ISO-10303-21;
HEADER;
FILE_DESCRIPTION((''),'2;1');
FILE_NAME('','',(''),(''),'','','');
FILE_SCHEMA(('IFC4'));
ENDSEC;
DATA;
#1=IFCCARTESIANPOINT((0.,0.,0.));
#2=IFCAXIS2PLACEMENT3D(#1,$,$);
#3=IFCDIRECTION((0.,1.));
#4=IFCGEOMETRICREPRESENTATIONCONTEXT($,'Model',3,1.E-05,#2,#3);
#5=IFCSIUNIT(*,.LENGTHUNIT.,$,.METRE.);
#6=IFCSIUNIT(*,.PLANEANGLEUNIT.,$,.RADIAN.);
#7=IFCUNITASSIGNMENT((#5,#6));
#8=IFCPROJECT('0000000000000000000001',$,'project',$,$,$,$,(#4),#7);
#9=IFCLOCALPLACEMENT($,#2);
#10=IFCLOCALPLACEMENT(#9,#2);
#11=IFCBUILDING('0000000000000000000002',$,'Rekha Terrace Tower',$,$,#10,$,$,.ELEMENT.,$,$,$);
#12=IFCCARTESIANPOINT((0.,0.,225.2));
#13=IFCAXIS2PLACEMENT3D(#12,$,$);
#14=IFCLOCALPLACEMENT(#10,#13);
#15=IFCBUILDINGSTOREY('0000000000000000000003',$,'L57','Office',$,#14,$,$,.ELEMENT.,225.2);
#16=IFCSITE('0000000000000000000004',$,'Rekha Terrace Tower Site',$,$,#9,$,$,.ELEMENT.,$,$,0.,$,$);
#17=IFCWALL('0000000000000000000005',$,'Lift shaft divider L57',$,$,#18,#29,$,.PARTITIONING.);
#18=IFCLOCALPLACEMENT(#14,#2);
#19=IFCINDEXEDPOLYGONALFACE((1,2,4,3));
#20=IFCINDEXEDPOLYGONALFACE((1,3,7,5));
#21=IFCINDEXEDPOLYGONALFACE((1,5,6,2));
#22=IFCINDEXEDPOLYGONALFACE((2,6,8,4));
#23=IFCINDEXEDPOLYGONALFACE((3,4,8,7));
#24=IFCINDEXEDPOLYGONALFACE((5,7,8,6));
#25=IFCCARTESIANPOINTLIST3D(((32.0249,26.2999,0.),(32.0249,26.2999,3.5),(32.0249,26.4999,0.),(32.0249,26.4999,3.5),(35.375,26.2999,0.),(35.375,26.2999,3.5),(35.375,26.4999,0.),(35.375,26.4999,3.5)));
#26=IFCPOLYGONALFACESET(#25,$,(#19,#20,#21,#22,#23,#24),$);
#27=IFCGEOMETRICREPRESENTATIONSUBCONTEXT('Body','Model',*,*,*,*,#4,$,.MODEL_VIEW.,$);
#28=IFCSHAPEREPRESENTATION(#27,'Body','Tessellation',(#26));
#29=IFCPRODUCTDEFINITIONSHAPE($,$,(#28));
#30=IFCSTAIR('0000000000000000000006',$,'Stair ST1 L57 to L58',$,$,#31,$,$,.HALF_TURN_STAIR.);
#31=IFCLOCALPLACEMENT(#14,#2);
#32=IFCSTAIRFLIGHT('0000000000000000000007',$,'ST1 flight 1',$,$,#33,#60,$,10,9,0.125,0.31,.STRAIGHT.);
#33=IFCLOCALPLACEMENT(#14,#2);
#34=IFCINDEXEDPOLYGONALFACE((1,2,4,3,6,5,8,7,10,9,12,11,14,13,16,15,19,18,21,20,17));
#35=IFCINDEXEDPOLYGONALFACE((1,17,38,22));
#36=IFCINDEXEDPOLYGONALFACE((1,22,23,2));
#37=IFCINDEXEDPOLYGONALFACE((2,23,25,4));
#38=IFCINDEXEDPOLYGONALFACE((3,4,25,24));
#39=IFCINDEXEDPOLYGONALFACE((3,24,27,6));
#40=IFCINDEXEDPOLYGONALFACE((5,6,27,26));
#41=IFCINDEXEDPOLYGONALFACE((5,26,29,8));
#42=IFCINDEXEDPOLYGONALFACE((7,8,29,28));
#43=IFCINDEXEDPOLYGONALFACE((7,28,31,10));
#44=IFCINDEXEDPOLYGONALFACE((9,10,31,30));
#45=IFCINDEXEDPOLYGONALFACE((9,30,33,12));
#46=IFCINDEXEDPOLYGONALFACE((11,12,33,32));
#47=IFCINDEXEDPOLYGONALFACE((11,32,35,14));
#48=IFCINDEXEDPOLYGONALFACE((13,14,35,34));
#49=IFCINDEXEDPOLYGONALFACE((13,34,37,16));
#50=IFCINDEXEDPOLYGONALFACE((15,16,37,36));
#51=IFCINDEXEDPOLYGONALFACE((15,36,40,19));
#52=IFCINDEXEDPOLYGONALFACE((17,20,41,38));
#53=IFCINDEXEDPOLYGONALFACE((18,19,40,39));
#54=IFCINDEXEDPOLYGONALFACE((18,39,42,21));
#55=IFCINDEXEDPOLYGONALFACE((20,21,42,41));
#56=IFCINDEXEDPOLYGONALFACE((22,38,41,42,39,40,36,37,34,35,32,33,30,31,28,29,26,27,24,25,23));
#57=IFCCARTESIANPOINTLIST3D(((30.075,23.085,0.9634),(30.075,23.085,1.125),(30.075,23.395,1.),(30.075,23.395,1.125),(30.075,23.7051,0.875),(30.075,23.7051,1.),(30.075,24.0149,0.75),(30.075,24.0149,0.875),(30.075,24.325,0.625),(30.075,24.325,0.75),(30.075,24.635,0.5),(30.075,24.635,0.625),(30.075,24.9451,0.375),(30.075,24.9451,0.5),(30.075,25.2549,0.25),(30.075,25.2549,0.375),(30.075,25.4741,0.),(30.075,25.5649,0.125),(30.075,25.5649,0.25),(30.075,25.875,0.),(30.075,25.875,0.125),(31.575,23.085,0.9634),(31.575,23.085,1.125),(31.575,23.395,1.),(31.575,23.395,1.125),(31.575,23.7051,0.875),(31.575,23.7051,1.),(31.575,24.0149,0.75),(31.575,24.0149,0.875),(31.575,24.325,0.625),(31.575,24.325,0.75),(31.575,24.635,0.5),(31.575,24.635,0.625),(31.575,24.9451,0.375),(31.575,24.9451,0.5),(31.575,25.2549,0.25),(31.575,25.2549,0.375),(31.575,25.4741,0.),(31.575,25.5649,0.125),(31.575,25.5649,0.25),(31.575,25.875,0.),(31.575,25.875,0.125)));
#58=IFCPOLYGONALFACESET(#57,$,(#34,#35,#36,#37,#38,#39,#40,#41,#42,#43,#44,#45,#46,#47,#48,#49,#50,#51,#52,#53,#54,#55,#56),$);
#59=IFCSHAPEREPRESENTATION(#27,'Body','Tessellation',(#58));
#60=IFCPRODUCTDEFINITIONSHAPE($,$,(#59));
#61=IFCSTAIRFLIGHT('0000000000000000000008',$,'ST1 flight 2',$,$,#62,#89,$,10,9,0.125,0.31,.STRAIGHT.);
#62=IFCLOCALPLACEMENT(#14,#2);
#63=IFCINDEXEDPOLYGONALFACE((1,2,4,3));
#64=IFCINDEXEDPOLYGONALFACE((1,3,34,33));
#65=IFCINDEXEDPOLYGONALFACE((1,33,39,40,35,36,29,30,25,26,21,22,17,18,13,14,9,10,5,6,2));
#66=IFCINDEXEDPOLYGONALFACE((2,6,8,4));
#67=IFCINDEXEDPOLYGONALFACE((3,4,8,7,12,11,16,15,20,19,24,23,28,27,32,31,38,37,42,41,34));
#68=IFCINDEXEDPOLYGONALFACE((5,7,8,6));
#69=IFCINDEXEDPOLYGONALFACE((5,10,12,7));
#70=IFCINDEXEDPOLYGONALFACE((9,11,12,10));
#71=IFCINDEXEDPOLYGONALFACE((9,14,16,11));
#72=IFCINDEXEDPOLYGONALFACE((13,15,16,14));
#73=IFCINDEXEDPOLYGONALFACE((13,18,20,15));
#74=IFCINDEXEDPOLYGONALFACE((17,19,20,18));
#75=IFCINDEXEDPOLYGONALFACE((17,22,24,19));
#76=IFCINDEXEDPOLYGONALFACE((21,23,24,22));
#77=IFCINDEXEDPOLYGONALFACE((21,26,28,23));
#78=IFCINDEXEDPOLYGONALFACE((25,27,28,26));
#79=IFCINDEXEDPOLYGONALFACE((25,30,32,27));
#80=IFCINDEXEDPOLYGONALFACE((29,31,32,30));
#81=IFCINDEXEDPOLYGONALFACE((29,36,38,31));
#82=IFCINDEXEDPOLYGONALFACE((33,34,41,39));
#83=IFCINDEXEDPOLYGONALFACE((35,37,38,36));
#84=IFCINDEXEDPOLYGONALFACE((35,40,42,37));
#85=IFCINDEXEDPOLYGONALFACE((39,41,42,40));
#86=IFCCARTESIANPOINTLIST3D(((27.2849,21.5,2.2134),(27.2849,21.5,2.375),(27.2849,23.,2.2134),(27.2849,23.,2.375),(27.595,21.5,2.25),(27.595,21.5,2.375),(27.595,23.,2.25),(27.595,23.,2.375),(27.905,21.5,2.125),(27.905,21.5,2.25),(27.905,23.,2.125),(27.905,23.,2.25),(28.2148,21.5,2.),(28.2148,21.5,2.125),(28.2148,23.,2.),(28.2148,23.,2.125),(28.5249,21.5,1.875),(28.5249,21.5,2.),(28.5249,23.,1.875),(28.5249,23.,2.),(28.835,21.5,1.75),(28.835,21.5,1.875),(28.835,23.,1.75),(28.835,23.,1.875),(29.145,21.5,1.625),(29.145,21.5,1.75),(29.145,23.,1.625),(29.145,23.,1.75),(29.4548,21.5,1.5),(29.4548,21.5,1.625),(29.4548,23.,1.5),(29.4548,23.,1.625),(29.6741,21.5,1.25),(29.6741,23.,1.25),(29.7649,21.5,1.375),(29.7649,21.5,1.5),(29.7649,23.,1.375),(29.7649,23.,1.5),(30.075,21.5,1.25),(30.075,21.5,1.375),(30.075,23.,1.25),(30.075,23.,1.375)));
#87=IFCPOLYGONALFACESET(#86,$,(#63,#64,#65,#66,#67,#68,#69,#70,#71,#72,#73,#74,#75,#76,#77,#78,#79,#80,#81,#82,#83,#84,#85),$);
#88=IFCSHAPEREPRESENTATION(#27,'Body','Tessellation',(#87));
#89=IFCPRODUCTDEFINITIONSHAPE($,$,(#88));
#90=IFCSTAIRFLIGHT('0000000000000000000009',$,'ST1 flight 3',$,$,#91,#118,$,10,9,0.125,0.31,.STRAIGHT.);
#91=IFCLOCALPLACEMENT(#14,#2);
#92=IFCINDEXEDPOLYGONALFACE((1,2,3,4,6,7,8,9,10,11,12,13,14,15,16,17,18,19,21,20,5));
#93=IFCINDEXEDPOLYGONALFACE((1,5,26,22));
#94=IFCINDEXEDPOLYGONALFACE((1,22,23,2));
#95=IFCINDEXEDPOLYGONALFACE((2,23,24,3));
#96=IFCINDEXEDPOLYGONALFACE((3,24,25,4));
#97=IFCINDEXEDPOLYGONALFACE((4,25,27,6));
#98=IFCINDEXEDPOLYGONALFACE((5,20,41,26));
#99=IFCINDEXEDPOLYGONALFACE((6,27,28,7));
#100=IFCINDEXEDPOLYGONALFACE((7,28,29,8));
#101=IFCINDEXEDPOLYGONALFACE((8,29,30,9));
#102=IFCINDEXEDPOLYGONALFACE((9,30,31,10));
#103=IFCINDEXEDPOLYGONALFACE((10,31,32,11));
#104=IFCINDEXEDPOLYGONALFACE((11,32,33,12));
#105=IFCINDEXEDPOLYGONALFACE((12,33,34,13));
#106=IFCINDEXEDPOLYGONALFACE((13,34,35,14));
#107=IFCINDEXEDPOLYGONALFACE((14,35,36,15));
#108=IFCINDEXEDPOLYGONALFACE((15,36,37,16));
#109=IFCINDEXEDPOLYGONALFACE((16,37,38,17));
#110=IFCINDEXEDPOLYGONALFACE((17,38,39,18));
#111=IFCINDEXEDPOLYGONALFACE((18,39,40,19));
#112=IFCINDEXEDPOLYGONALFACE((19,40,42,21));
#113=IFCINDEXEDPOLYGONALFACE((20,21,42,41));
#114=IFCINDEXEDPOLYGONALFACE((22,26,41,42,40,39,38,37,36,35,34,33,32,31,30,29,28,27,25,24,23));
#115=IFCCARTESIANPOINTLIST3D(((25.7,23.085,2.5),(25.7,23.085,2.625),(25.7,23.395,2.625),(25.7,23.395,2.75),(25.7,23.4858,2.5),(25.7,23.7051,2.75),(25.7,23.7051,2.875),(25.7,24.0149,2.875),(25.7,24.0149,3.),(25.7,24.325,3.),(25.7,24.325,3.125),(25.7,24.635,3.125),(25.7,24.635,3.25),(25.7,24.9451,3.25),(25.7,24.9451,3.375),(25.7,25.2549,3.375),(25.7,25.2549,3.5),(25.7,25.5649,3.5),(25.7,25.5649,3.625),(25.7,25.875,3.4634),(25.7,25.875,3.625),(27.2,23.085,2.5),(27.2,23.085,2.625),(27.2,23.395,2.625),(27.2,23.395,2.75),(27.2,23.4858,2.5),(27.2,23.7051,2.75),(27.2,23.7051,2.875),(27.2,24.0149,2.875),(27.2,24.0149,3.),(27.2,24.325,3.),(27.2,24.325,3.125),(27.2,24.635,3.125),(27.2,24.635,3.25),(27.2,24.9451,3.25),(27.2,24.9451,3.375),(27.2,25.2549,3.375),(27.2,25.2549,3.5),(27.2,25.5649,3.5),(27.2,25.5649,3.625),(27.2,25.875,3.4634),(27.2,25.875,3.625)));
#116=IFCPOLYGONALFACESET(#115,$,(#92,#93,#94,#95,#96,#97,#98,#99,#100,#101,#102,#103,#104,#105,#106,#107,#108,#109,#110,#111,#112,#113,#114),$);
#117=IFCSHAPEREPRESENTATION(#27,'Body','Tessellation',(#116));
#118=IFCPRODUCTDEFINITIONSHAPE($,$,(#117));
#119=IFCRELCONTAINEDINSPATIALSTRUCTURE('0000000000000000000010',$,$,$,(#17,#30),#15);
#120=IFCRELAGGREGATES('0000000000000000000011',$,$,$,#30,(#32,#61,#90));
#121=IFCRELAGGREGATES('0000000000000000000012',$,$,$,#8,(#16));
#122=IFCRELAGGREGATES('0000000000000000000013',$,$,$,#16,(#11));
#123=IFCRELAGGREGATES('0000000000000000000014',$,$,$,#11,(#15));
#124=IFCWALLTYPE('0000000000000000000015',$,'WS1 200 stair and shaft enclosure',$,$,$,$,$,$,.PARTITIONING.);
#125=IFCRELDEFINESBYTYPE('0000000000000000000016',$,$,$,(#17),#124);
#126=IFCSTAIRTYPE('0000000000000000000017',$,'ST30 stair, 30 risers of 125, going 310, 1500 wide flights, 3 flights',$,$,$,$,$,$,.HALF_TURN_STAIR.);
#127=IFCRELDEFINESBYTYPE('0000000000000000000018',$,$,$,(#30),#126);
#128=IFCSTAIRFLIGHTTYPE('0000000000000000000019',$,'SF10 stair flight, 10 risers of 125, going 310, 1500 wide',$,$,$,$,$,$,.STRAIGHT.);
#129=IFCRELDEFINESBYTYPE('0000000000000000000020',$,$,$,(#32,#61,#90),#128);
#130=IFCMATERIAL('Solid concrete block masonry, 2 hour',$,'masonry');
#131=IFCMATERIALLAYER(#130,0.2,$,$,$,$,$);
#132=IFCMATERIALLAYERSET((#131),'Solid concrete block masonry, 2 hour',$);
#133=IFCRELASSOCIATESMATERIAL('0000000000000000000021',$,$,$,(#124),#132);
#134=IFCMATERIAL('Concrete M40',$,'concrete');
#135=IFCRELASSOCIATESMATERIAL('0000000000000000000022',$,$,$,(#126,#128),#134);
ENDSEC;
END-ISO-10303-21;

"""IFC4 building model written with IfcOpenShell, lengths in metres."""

from ifc_helpers import new_model, si_unit, direction, frame, frame_2d, origin, place, context, subcontext, project, spatial, polyline, rectangle, outline, extrude, material, layer, layer_set, type_object, element, aggregate, save


model = new_model("IFC4")

# Units and contexts
model_context = context("Model", 3, precision=1e-05, world=origin(), true_north=direction((0.0, 1.0)))
body_context = subcontext(model_context, "Body", "Model", "MODEL_VIEW")
ifc_project = project(units=[si_unit("LENGTHUNIT", "METRE"), si_unit("PLANEANGLEUNIT", "RADIAN")], contexts=[model_context])

# Site, building, storey
site_placement = place(None, origin())
site = spatial("IfcSite", under=ifc_project, at=site_placement, Name="Rekha Terrace Tower Site", CompositionType="ELEMENT", RefElevation=0.0)
building_placement = place(site_placement, origin())
building = spatial("IfcBuilding", under=site, at=building_placement, Name="Rekha Terrace Tower", CompositionType="ELEMENT")
storey_placement = place(building_placement, frame((0.0, 0.0, 225.2)))
storey = spatial("IfcBuildingStorey", under=building, at=storey_placement, Name="L57", Description="Office", CompositionType="ELEMENT", Elevation=225.2)

# Wall
ifc_material_1 = material(Name="Solid concrete block masonry, 2 hour", Category="masonry")
ifc_layer_1 = layer(ifc_material_1, 0.2)
ifc_layer_set_1 = layer_set([ifc_layer_1], Name="Solid concrete block masonry, 2 hour")
wall_type_1 = type_object("IfcWallType", Name="WS1 200 stair and shaft enclosure", PredefinedType="PARTITIONING", material=ifc_layer_set_1)
wall_1_placement = place(storey_placement, frame((32.0249, 26.3999, 0.0), z_axis=(0.0, 0.0, 1.0), x_axis=(1.0, 0.0, 0.0)))
element("IfcWall", 1, at=wall_1_placement, inside=storey, type_object=wall_type_1, Name="Lift shaft divider L57", PredefinedType="PARTITIONING", context=body_context, shape_type="SweptSolid", body=[
    extrude(rectangle(XDim=3.3501, YDim=0.2, at=frame_2d((1.675, 0.0))), origin(), (0.0, 0.0, 1.0), 3.5),
])

# Stair, stair flights
ifc_material_2 = material(Name="Concrete M40", Category="concrete")
stair_type = type_object("IfcStairType", Name="ST30 stair, 30 risers of 125, going 310, 1500 wide flights, 3 flights", PredefinedType="HALF_TURN_STAIR", material=ifc_material_2)
stair_placement = place(storey_placement, origin())
stair = element("IfcStair", 2, at=stair_placement, inside=storey, type_object=stair_type, Name="Stair ST1 L57 to L58", PredefinedType="HALF_TURN_STAIR")
stair_flight_type = type_object("IfcStairFlightType", Name="SF10 stair flight, 10 risers of 125, going 310, 1500 wide", PredefinedType="STRAIGHT", material=ifc_material_2)
stair_flight_1_placement = place(storey_placement, frame((30.825, 25.875, 0.0), z_axis=(0.0, 0.0, 1.0), x_axis=(0.0, -1.0, 0.0)))
stair_flight_1 = element("IfcStairFlight", 3, at=stair_flight_1_placement, type_object=stair_flight_type, Name="ST1 flight 1", NumberOfRisers=10, NumberOfTreads=9, PredefinedType="STRAIGHT", RiserHeight=0.125, TreadLength=0.31, context=body_context, shape_type="SweptSolid", body=[
    extrude(outline(polyline([(0.0, 0.0), (0.0, 0.125), (0.3101, 0.125), (0.3101, 0.25), (0.6201, 0.25), (0.6201, 0.375), (0.9299, 0.375), (0.9299, 0.5), (1.24, 0.5), (1.24, 0.625), (1.55, 0.625), (1.55, 0.75), (1.8601, 0.75), (1.8601, 0.875), (2.1699, 0.875), (2.1699, 1.0), (2.48, 1.0), (2.48, 1.125), (2.79, 1.125), (2.79, 1.25), (2.79, 0.9634), (0.4009, 0.0), (0.0, 0.0)])), frame((0.0, 0.75, 0.0), z_axis=(0.0, -1.0, 0.0), x_axis=(1.0, 0.0, 0.0)), (0.0, 0.0, 1.0), 1.5),
])
stair_flight_2_placement = place(storey_placement, frame((30.075, 22.25, 1.25), z_axis=(0.0, 0.0, 1.0), x_axis=(-1.0, 0.0, 0.0)))
stair_flight_2 = element("IfcStairFlight", 4, at=stair_flight_2_placement, type_object=stair_flight_type, Name="ST1 flight 2", NumberOfRisers=10, NumberOfTreads=9, PredefinedType="STRAIGHT", RiserHeight=0.125, TreadLength=0.31, context=body_context, shape_type="SweptSolid", body=[
    extrude(outline(polyline([(0.0, 0.0), (0.0, 0.125), (0.3101, 0.125), (0.3101, 0.25), (0.6201, 0.25), (0.6201, 0.375), (0.9299, 0.375), (0.9299, 0.5), (1.24, 0.5), (1.24, 0.625), (1.55, 0.625), (1.55, 0.75), (1.8601, 0.75), (1.8601, 0.875), (2.1699, 0.875), (2.1699, 1.0), (2.48, 1.0), (2.48, 1.125), (2.79, 1.125), (2.79, 1.25), (2.79, 0.9634), (0.4009, 0.0), (0.0, 0.0)])), frame((0.0, 0.75, 0.0), z_axis=(0.0, -1.0, 0.0), x_axis=(1.0, 0.0, 0.0)), (0.0, 0.0, 1.0), 1.5),
])
stair_flight_3_placement = place(storey_placement, frame((26.45, 23.085, 2.5), z_axis=(0.0, 0.0, 1.0), x_axis=(0.0, 1.0, 0.0)))
stair_flight_3 = element("IfcStairFlight", 5, at=stair_flight_3_placement, type_object=stair_flight_type, Name="ST1 flight 3", NumberOfRisers=10, NumberOfTreads=9, PredefinedType="STRAIGHT", RiserHeight=0.125, TreadLength=0.31, context=body_context, shape_type="SweptSolid", body=[
    extrude(outline(polyline([(0.0, 0.0), (0.0, 0.125), (0.3101, 0.125), (0.3101, 0.25), (0.6201, 0.25), (0.6201, 0.375), (0.9299, 0.375), (0.9299, 0.5), (1.24, 0.5), (1.24, 0.625), (1.55, 0.625), (1.55, 0.75), (1.8601, 0.75), (1.8601, 0.875), (2.1699, 0.875), (2.1699, 1.0), (2.48, 1.0), (2.48, 1.125), (2.79, 1.125), (2.79, 1.25), (2.79, 0.9634), (0.4009, 0.0), (0.0, 0.0)])), frame((0.0, 0.75, 0.0), z_axis=(0.0, -1.0, 0.0), x_axis=(1.0, 0.0, 0.0)), (0.0, 0.0, 1.0), 1.5),
])
aggregate(stair, [stair_flight_1, stair_flight_2, stair_flight_3])

save(model, "model.ifc")
